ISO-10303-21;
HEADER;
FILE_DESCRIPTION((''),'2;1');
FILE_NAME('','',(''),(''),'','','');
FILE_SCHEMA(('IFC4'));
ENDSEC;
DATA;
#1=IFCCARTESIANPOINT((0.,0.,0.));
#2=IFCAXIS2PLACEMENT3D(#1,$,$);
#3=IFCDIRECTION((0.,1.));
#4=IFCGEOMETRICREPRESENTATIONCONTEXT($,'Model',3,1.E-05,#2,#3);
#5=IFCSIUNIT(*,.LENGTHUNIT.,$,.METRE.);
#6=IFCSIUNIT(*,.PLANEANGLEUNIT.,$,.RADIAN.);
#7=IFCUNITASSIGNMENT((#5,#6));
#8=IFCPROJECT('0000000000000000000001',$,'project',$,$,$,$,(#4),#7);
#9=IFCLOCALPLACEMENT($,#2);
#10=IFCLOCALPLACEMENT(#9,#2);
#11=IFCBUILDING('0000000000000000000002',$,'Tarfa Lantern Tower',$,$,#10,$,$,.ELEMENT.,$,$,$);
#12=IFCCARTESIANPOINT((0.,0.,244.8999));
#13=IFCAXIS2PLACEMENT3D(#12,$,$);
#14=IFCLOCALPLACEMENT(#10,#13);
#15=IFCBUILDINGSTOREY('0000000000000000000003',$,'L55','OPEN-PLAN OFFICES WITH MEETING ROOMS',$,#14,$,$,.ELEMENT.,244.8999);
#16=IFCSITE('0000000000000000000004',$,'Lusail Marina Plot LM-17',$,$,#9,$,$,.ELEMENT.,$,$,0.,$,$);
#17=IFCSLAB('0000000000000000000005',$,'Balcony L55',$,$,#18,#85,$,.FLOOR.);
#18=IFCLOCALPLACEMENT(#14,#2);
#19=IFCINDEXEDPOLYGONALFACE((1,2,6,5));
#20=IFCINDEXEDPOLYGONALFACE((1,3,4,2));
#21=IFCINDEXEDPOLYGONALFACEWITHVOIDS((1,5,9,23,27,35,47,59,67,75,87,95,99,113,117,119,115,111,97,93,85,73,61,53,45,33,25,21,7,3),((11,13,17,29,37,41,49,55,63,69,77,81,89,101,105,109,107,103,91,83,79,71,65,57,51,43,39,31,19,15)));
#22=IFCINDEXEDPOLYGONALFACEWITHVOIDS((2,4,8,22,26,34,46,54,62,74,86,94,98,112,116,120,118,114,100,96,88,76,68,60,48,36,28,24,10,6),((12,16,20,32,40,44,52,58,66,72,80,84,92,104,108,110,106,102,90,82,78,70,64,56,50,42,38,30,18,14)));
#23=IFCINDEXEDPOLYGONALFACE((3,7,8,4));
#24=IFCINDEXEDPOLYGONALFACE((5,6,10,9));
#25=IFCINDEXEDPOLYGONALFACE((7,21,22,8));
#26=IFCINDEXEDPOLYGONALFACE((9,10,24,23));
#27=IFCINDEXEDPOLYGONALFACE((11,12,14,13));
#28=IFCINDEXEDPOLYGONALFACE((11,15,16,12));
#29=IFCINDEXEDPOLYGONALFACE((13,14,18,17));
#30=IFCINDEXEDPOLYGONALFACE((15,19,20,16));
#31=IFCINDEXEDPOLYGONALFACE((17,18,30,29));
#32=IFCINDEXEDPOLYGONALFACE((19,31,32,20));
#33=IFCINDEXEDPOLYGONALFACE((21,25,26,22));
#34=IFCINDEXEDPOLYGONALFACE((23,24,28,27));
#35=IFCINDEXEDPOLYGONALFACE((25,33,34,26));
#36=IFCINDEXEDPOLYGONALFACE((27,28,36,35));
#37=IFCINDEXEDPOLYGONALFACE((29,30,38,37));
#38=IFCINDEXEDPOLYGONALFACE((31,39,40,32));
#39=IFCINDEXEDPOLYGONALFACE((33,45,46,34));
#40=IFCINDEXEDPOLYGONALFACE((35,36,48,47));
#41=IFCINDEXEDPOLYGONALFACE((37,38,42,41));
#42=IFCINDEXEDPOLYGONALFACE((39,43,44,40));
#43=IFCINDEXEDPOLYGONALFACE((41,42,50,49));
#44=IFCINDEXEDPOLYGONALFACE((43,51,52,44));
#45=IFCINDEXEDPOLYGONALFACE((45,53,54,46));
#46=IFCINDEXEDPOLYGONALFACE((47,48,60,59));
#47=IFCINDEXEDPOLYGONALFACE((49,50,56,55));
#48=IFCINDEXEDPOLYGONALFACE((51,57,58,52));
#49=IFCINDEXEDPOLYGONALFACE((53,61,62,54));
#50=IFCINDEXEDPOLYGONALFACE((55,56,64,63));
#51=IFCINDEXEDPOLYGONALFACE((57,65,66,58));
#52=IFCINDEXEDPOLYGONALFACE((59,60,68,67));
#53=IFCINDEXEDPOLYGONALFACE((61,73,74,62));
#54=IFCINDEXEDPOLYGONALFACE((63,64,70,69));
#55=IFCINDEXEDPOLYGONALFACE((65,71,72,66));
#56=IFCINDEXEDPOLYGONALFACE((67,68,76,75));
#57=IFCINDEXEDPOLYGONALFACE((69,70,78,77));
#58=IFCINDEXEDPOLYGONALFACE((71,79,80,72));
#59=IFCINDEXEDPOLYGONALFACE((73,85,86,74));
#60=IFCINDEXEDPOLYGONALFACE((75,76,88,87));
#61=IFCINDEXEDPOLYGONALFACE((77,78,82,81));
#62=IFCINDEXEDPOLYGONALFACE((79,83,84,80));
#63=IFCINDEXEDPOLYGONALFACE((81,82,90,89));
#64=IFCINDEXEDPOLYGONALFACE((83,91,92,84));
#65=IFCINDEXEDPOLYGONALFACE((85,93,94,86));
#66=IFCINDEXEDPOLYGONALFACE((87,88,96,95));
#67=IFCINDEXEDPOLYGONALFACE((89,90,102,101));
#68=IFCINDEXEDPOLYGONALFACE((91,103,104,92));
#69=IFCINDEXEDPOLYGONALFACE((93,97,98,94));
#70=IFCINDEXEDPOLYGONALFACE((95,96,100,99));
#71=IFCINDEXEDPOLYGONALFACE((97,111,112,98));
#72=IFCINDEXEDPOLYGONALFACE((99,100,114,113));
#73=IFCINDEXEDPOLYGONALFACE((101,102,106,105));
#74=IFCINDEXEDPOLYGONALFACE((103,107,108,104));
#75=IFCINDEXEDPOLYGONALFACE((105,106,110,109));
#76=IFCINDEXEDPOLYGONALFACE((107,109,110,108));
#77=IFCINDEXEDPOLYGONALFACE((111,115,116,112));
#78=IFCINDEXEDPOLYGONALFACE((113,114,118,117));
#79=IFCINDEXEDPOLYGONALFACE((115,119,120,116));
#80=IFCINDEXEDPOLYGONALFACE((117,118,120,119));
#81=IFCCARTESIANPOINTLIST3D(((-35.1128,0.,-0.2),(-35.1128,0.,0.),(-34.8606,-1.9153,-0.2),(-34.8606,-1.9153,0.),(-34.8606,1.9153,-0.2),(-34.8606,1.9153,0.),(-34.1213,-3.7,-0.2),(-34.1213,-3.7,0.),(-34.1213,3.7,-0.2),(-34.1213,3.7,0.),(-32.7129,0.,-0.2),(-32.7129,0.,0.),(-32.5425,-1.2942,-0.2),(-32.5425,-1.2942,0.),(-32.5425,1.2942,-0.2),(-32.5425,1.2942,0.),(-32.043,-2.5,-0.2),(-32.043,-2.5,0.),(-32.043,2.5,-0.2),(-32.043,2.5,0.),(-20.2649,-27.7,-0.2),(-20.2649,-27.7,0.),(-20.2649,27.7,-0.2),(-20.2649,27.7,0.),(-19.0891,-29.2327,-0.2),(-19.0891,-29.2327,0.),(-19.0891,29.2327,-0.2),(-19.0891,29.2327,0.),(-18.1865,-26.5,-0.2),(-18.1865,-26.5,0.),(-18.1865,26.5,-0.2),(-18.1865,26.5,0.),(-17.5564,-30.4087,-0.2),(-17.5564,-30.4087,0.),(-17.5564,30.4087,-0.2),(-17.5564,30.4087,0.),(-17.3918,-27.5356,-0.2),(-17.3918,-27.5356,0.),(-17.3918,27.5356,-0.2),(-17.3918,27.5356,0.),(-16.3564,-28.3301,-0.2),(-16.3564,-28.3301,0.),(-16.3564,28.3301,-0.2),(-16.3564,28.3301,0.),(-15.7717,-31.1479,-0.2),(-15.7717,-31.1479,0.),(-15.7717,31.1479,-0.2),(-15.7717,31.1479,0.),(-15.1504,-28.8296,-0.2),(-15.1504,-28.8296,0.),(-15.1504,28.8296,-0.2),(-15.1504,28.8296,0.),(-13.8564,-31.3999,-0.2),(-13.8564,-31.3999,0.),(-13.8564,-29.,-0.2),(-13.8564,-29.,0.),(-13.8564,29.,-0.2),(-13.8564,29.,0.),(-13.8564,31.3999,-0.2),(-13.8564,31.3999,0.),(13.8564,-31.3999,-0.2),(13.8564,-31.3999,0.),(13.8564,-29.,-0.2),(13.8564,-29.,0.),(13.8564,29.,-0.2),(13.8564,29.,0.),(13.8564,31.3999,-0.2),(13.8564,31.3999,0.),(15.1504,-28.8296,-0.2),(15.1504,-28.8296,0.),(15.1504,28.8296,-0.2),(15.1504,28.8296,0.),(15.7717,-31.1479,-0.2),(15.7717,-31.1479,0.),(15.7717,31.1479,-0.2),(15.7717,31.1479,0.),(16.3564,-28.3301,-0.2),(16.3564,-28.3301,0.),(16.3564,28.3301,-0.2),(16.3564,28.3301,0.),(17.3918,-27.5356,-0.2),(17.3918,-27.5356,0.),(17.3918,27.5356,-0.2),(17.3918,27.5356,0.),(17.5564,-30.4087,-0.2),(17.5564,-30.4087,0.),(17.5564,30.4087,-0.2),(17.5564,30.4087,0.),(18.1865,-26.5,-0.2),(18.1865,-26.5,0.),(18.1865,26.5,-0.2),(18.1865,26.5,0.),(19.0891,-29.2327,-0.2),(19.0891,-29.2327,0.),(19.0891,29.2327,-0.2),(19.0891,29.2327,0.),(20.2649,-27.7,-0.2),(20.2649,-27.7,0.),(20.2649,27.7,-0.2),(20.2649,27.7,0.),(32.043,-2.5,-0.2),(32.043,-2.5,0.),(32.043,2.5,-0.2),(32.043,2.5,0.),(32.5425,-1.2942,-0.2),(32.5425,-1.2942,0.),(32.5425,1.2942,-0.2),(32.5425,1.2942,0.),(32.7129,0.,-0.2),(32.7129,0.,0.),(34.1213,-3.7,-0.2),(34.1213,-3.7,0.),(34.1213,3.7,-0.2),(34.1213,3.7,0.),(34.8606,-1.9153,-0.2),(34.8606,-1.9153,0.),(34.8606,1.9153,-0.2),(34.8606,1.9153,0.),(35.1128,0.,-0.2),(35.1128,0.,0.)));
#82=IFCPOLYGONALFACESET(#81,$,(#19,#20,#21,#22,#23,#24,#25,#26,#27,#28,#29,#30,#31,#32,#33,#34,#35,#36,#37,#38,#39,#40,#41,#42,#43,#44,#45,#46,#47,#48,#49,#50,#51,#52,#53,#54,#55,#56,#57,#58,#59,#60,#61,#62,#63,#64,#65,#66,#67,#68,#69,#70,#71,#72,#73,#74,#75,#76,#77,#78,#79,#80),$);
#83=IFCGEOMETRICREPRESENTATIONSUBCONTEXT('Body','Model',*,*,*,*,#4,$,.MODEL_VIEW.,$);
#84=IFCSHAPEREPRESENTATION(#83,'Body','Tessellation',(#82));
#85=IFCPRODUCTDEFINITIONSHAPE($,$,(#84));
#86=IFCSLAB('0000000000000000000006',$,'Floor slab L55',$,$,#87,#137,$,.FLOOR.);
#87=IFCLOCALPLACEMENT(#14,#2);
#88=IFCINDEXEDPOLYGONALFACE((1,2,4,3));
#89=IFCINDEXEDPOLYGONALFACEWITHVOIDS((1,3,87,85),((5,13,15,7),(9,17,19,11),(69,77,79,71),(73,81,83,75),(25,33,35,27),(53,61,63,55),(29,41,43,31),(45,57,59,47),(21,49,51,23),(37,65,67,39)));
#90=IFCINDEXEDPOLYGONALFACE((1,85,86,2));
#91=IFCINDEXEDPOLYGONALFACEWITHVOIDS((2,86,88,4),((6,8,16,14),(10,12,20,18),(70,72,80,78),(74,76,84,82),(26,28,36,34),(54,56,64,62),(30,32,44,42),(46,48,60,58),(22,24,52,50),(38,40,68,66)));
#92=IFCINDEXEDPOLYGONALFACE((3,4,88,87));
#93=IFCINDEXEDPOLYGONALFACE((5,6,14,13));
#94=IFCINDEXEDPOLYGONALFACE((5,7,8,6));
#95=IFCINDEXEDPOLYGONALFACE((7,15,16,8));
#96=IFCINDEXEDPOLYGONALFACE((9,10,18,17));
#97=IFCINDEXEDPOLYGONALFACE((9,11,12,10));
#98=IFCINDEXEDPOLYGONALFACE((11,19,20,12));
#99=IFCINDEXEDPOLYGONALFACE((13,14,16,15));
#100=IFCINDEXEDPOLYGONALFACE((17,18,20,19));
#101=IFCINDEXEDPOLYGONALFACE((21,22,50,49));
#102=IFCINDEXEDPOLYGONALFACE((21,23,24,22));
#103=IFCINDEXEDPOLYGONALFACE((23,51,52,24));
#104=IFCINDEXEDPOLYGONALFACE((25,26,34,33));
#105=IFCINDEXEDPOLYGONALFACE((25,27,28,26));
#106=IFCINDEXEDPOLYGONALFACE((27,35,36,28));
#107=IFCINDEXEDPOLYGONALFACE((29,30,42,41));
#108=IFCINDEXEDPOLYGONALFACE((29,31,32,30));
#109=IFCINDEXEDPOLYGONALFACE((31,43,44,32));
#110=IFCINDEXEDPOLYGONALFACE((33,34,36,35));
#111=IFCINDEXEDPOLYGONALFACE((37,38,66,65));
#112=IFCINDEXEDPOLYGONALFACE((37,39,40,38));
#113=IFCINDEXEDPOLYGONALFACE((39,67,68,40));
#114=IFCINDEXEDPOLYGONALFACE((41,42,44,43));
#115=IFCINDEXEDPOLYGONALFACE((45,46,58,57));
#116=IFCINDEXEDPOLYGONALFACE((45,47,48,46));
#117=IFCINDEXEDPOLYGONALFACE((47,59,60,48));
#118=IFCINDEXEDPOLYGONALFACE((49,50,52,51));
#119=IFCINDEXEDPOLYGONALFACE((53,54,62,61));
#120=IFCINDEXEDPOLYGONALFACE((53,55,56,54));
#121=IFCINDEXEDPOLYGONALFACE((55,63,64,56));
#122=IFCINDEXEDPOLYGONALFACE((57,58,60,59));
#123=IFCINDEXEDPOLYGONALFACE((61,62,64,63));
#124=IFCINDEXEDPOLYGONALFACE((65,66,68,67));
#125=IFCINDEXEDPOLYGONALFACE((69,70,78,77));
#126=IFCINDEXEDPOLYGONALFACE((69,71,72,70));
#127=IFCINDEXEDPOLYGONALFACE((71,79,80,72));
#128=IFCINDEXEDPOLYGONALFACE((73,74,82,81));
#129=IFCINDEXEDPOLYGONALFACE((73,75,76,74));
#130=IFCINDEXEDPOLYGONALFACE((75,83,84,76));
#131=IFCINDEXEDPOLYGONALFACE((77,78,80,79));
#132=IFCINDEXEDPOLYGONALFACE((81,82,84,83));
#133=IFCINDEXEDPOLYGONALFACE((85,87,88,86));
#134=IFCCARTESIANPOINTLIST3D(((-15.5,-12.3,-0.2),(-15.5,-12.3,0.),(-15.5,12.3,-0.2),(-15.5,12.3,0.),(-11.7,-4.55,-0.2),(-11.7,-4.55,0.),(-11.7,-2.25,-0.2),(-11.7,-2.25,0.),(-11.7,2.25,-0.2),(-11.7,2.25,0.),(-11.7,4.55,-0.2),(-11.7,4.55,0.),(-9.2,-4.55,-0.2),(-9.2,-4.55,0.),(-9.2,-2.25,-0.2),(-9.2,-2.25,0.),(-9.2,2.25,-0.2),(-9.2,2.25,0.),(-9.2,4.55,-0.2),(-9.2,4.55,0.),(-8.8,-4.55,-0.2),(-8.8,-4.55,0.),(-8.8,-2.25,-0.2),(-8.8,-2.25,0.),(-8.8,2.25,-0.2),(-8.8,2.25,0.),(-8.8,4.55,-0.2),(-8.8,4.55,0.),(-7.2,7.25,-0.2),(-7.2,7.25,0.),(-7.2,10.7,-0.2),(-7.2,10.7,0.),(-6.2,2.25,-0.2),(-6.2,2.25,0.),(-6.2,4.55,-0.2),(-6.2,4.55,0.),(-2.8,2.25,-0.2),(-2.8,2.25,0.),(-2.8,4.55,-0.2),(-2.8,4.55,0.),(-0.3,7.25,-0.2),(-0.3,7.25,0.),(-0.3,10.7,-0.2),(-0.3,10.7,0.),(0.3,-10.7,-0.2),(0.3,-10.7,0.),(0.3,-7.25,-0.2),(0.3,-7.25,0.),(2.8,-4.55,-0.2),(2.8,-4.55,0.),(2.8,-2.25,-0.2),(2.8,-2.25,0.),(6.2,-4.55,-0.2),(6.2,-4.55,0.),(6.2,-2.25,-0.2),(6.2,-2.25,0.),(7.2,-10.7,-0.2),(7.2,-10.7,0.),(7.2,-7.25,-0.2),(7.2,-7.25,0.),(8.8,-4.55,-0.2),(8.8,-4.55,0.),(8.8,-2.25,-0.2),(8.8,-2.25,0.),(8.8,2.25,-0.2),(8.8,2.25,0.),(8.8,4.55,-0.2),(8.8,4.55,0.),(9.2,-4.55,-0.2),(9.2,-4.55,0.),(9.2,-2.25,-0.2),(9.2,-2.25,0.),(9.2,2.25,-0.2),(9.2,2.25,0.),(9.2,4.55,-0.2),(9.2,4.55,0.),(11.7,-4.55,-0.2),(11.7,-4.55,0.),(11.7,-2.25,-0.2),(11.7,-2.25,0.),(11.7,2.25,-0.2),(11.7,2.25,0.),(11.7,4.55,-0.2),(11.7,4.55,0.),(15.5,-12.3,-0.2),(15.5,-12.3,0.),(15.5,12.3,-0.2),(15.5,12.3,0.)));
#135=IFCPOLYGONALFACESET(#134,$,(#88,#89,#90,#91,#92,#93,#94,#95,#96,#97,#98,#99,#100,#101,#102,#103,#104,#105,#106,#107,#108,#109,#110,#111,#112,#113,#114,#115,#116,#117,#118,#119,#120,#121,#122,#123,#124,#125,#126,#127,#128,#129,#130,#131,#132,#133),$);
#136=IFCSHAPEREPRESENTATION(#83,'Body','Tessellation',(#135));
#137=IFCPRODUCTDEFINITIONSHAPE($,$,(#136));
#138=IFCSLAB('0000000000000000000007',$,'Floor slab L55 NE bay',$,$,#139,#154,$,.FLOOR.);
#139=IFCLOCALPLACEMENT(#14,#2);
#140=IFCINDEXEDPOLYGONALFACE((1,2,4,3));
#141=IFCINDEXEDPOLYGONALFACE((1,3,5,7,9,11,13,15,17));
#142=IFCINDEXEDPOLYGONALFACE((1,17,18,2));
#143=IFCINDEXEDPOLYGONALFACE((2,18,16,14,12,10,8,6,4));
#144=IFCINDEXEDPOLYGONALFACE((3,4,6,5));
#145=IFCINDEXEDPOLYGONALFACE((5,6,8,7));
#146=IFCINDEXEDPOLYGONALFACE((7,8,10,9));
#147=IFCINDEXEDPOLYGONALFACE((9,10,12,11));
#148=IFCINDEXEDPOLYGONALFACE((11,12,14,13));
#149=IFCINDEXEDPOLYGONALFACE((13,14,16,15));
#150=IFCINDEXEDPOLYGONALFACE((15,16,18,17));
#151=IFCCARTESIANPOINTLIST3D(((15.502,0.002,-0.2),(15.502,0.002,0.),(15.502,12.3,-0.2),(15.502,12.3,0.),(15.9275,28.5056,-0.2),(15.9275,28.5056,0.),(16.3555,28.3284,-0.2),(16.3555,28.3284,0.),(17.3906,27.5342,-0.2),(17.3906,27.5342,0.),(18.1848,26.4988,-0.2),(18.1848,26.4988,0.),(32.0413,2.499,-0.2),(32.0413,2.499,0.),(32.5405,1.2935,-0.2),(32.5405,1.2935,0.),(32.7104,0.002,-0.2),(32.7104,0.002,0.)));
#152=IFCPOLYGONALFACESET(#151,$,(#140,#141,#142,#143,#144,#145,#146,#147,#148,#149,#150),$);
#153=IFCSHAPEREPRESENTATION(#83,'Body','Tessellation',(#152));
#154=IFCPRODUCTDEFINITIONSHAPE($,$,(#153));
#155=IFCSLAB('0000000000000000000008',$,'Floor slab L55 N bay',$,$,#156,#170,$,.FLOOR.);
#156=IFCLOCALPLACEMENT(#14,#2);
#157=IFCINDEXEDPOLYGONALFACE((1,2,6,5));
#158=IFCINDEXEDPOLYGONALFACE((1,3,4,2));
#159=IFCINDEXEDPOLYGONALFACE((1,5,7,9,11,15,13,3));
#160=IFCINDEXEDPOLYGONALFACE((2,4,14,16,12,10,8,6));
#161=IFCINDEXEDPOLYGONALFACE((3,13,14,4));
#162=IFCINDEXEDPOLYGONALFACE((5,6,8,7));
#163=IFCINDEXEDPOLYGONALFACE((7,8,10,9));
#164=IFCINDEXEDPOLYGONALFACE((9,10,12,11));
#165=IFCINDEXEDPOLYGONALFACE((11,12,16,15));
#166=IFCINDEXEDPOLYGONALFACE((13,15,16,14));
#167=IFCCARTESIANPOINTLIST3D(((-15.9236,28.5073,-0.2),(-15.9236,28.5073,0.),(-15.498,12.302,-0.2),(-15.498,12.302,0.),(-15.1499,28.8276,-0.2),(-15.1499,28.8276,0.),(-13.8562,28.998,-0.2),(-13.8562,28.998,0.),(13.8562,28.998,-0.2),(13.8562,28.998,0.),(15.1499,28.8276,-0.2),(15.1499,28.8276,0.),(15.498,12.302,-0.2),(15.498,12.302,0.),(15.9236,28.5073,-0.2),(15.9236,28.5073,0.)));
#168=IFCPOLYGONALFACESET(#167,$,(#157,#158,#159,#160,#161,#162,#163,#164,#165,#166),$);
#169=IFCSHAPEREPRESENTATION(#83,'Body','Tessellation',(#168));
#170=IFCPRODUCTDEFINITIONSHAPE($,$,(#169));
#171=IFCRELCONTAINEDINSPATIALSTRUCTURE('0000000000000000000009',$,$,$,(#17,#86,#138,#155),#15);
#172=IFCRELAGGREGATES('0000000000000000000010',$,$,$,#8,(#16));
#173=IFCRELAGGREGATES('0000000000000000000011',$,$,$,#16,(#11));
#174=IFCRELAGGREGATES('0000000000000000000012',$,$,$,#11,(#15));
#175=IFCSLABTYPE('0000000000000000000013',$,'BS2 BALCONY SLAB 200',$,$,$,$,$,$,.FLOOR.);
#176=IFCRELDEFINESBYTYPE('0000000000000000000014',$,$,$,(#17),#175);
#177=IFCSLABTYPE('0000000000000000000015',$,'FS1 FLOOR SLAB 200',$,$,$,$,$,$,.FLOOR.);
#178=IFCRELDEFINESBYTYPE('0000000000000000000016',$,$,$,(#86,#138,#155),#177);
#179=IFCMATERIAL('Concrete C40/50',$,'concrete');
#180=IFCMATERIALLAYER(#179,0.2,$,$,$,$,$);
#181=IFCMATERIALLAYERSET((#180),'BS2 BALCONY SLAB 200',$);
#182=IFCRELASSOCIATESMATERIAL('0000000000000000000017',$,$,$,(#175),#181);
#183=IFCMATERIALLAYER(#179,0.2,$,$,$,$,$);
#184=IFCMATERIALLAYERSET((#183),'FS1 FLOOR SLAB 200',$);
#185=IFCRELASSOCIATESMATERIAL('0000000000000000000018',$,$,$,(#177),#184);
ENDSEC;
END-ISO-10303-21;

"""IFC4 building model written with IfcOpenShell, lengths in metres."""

from ifc_helpers import new_model, si_unit, direction, frame, origin, place, context, subcontext, project, spatial, polyline, outline, extrude, material, layer, layer_set, type_object, element, save


model = new_model("IFC4")

# Units and contexts
model_context = context("Model", 3, precision=1e-05, world=origin(), true_north=direction((0.0, 1.0)))
body_context = subcontext(model_context, "Body", "Model", "MODEL_VIEW")
ifc_project = project(units=[si_unit("LENGTHUNIT", "METRE"), si_unit("PLANEANGLEUNIT", "RADIAN")], contexts=[model_context])

# Site, building, storey
site_placement = place(None, origin())
site = spatial("IfcSite", under=ifc_project, at=site_placement, Name="Lusail Marina Plot LM-17", CompositionType="ELEMENT", RefElevation=0.0)
building_placement = place(site_placement, origin())
building = spatial("IfcBuilding", under=site, at=building_placement, Name="Tarfa Lantern Tower", CompositionType="ELEMENT")
storey_placement = place(building_placement, frame((0.0, 0.0, 244.8999)))
storey = spatial("IfcBuildingStorey", under=building, at=storey_placement, Name="L55", Description="OPEN-PLAN OFFICES WITH MEETING ROOMS", CompositionType="ELEMENT", Elevation=244.8999)

# Slabs
ifc_material_1 = material(Name="Concrete C40/50", Category="concrete")
ifc_layer_1 = layer(ifc_material_1, 0.2)
ifc_layer_set_1 = layer_set([ifc_layer_1], Name="BS2 BALCONY SLAB 200")
slab_type_1 = type_object("IfcSlabType", Name="BS2 BALCONY SLAB 200", PredefinedType="FLOOR", material=ifc_layer_set_1)
slab_1_placement = place(storey_placement, frame((0.0, 0.0, -0.2)))
element("IfcSlab", 1, at=slab_1_placement, inside=storey, type_object=slab_type_1, Name="Balcony L55", PredefinedType="FLOOR", context=body_context, shape_type="SweptSolid", body=[
    extrude(outline(polyline([(34.1213, 3.7), (20.2649, 27.7), (19.0891, 29.2327), (17.5564, 30.4087), (15.7717, 31.1479), (13.8564, 31.3999), (-13.8564, 31.3999), (-15.7717, 31.1479), (-17.5564, 30.4087), (-19.0891, 29.2327), (-20.2649, 27.7), (-34.1213, 3.7), (-34.8606, 1.9153), (-35.1128, 0.0), (-34.8606, -1.9153), (-34.1213, -3.7), (-20.2649, -27.7), (-19.0891, -29.2327), (-17.5564, -30.4087), (-15.7717, -31.1479), (-13.8564, -31.3999), (13.8564, -31.3999), (15.7717, -31.1479), (17.5564, -30.4087), (19.0891, -29.2327), (20.2649, -27.7), (34.1213, -3.7), (34.8606, -1.9153), (35.1128, 0.0), (34.8606, 1.9153), (34.1213, 3.7)]), holes=[polyline([(32.043, 2.5), (18.1865, 26.5), (17.3918, 27.5356), (16.3564, 28.3301), (15.1504, 28.8296), (13.8564, 29.0), (-13.8564, 29.0), (-15.1504, 28.8296), (-16.3564, 28.3301), (-17.3918, 27.5356), (-18.1865, 26.5), (-32.043, 2.5), (-32.5425, 1.2942), (-32.7129, 0.0), (-32.5425, -1.2942), (-32.043, -2.5), (-18.1865, -26.5), (-17.3918, -27.5356), (-16.3564, -28.3301), (-15.1504, -28.8296), (-13.8564, -29.0), (13.8564, -29.0), (15.1504, -28.8296), (16.3564, -28.3301), (17.3918, -27.5356), (18.1865, -26.5), (32.043, -2.5), (32.5425, -1.2942), (32.7129, 0.0), (32.5425, 1.2942), (32.043, 2.5)])]), origin(), (0.0, 0.0, 1.0), 0.2),
])
ifc_layer_2 = layer(ifc_material_1, 0.2)
ifc_layer_set_2 = layer_set([ifc_layer_2], Name="FS1 FLOOR SLAB 200")
slab_type_2 = type_object("IfcSlabType", Name="FS1 FLOOR SLAB 200", PredefinedType="FLOOR", material=ifc_layer_set_2)
slab_2_placement = place(storey_placement, frame((0.0, 0.0, -0.2)))
element("IfcSlab", 2, at=slab_2_placement, inside=storey, type_object=slab_type_2, Name="Floor slab L55", PredefinedType="FLOOR", context=body_context, shape_type="SweptSolid", body=[
    extrude(outline(polyline([(-15.5, -12.3), (15.5, -12.3), (15.5, 12.3), (-15.5, 12.3), (-15.5, -12.3)]), holes=[polyline([(-11.7, 2.25), (-9.2, 2.25), (-9.2, 4.55), (-11.7, 4.55), (-11.7, 2.25)]), polyline([(-8.8, 2.25), (-6.2, 2.25), (-6.2, 4.55), (-8.8, 4.55), (-8.8, 2.25)]), polyline([(-2.8, 2.25), (8.8, 2.25), (8.8, 4.55), (-2.8, 4.55), (-2.8, 2.25)]), polyline([(9.2, 2.25), (11.7, 2.25), (11.7, 4.55), (9.2, 4.55), (9.2, 2.25)]), polyline([(11.7, -2.25), (9.2, -2.25), (9.2, -4.55), (11.7, -4.55), (11.7, -2.25)]), polyline([(8.8, -2.25), (6.2, -2.25), (6.2, -4.55), (8.8, -4.55), (8.8, -2.25)]), polyline([(2.8, -2.25), (-8.8, -2.25), (-8.8, -4.55), (2.8, -4.55), (2.8, -2.25)]), polyline([(-9.2, -2.25), (-11.7, -2.25), (-11.7, -4.55), (-9.2, -4.55), (-9.2, -2.25)]), polyline([(-7.2, 7.25), (-0.3, 7.25), (-0.3, 10.7), (-7.2, 10.7), (-7.2, 7.25)]), polyline([(7.2, -7.25), (0.3, -7.25), (0.3, -10.7), (7.2, -10.7), (7.2, -7.25)])]), origin(), (0.0, 0.0, 1.0), 0.2),
])
slab_3_placement = place(storey_placement, frame((0.0, 0.0, -0.2)))
element("IfcSlab", 3, at=slab_3_placement, inside=storey, type_object=slab_type_2, Name="Floor slab L55 NE bay", PredefinedType="FLOOR", context=body_context, shape_type="SweptSolid", body=[
    extrude(outline(polyline([(32.0413, 2.499), (18.1848, 26.4988), (17.3906, 27.5342), (16.3555, 28.3284), (15.9275, 28.5056), (15.502, 12.3), (15.502, 0.002), (32.7104, 0.002), (32.5405, 1.2935), (32.0413, 2.499)])), origin(), (0.0, 0.0, 1.0), 0.2),
])
slab_4_placement = place(storey_placement, frame((0.0, 0.0, -0.2)))
element("IfcSlab", 4, at=slab_4_placement, inside=storey, type_object=slab_type_2, Name="Floor slab L55 N bay", PredefinedType="FLOOR", context=body_context, shape_type="SweptSolid", body=[
    extrude(outline(polyline([(-15.498, 12.302), (15.498, 12.302), (15.9236, 28.5073), (15.1499, 28.8276), (13.8562, 28.998), (-13.8562, 28.998), (-15.1499, 28.8276), (-15.9236, 28.5073), (-15.498, 12.302)])), origin(), (0.0, 0.0, 1.0), 0.2),
])

save(model, "model.ifc")
